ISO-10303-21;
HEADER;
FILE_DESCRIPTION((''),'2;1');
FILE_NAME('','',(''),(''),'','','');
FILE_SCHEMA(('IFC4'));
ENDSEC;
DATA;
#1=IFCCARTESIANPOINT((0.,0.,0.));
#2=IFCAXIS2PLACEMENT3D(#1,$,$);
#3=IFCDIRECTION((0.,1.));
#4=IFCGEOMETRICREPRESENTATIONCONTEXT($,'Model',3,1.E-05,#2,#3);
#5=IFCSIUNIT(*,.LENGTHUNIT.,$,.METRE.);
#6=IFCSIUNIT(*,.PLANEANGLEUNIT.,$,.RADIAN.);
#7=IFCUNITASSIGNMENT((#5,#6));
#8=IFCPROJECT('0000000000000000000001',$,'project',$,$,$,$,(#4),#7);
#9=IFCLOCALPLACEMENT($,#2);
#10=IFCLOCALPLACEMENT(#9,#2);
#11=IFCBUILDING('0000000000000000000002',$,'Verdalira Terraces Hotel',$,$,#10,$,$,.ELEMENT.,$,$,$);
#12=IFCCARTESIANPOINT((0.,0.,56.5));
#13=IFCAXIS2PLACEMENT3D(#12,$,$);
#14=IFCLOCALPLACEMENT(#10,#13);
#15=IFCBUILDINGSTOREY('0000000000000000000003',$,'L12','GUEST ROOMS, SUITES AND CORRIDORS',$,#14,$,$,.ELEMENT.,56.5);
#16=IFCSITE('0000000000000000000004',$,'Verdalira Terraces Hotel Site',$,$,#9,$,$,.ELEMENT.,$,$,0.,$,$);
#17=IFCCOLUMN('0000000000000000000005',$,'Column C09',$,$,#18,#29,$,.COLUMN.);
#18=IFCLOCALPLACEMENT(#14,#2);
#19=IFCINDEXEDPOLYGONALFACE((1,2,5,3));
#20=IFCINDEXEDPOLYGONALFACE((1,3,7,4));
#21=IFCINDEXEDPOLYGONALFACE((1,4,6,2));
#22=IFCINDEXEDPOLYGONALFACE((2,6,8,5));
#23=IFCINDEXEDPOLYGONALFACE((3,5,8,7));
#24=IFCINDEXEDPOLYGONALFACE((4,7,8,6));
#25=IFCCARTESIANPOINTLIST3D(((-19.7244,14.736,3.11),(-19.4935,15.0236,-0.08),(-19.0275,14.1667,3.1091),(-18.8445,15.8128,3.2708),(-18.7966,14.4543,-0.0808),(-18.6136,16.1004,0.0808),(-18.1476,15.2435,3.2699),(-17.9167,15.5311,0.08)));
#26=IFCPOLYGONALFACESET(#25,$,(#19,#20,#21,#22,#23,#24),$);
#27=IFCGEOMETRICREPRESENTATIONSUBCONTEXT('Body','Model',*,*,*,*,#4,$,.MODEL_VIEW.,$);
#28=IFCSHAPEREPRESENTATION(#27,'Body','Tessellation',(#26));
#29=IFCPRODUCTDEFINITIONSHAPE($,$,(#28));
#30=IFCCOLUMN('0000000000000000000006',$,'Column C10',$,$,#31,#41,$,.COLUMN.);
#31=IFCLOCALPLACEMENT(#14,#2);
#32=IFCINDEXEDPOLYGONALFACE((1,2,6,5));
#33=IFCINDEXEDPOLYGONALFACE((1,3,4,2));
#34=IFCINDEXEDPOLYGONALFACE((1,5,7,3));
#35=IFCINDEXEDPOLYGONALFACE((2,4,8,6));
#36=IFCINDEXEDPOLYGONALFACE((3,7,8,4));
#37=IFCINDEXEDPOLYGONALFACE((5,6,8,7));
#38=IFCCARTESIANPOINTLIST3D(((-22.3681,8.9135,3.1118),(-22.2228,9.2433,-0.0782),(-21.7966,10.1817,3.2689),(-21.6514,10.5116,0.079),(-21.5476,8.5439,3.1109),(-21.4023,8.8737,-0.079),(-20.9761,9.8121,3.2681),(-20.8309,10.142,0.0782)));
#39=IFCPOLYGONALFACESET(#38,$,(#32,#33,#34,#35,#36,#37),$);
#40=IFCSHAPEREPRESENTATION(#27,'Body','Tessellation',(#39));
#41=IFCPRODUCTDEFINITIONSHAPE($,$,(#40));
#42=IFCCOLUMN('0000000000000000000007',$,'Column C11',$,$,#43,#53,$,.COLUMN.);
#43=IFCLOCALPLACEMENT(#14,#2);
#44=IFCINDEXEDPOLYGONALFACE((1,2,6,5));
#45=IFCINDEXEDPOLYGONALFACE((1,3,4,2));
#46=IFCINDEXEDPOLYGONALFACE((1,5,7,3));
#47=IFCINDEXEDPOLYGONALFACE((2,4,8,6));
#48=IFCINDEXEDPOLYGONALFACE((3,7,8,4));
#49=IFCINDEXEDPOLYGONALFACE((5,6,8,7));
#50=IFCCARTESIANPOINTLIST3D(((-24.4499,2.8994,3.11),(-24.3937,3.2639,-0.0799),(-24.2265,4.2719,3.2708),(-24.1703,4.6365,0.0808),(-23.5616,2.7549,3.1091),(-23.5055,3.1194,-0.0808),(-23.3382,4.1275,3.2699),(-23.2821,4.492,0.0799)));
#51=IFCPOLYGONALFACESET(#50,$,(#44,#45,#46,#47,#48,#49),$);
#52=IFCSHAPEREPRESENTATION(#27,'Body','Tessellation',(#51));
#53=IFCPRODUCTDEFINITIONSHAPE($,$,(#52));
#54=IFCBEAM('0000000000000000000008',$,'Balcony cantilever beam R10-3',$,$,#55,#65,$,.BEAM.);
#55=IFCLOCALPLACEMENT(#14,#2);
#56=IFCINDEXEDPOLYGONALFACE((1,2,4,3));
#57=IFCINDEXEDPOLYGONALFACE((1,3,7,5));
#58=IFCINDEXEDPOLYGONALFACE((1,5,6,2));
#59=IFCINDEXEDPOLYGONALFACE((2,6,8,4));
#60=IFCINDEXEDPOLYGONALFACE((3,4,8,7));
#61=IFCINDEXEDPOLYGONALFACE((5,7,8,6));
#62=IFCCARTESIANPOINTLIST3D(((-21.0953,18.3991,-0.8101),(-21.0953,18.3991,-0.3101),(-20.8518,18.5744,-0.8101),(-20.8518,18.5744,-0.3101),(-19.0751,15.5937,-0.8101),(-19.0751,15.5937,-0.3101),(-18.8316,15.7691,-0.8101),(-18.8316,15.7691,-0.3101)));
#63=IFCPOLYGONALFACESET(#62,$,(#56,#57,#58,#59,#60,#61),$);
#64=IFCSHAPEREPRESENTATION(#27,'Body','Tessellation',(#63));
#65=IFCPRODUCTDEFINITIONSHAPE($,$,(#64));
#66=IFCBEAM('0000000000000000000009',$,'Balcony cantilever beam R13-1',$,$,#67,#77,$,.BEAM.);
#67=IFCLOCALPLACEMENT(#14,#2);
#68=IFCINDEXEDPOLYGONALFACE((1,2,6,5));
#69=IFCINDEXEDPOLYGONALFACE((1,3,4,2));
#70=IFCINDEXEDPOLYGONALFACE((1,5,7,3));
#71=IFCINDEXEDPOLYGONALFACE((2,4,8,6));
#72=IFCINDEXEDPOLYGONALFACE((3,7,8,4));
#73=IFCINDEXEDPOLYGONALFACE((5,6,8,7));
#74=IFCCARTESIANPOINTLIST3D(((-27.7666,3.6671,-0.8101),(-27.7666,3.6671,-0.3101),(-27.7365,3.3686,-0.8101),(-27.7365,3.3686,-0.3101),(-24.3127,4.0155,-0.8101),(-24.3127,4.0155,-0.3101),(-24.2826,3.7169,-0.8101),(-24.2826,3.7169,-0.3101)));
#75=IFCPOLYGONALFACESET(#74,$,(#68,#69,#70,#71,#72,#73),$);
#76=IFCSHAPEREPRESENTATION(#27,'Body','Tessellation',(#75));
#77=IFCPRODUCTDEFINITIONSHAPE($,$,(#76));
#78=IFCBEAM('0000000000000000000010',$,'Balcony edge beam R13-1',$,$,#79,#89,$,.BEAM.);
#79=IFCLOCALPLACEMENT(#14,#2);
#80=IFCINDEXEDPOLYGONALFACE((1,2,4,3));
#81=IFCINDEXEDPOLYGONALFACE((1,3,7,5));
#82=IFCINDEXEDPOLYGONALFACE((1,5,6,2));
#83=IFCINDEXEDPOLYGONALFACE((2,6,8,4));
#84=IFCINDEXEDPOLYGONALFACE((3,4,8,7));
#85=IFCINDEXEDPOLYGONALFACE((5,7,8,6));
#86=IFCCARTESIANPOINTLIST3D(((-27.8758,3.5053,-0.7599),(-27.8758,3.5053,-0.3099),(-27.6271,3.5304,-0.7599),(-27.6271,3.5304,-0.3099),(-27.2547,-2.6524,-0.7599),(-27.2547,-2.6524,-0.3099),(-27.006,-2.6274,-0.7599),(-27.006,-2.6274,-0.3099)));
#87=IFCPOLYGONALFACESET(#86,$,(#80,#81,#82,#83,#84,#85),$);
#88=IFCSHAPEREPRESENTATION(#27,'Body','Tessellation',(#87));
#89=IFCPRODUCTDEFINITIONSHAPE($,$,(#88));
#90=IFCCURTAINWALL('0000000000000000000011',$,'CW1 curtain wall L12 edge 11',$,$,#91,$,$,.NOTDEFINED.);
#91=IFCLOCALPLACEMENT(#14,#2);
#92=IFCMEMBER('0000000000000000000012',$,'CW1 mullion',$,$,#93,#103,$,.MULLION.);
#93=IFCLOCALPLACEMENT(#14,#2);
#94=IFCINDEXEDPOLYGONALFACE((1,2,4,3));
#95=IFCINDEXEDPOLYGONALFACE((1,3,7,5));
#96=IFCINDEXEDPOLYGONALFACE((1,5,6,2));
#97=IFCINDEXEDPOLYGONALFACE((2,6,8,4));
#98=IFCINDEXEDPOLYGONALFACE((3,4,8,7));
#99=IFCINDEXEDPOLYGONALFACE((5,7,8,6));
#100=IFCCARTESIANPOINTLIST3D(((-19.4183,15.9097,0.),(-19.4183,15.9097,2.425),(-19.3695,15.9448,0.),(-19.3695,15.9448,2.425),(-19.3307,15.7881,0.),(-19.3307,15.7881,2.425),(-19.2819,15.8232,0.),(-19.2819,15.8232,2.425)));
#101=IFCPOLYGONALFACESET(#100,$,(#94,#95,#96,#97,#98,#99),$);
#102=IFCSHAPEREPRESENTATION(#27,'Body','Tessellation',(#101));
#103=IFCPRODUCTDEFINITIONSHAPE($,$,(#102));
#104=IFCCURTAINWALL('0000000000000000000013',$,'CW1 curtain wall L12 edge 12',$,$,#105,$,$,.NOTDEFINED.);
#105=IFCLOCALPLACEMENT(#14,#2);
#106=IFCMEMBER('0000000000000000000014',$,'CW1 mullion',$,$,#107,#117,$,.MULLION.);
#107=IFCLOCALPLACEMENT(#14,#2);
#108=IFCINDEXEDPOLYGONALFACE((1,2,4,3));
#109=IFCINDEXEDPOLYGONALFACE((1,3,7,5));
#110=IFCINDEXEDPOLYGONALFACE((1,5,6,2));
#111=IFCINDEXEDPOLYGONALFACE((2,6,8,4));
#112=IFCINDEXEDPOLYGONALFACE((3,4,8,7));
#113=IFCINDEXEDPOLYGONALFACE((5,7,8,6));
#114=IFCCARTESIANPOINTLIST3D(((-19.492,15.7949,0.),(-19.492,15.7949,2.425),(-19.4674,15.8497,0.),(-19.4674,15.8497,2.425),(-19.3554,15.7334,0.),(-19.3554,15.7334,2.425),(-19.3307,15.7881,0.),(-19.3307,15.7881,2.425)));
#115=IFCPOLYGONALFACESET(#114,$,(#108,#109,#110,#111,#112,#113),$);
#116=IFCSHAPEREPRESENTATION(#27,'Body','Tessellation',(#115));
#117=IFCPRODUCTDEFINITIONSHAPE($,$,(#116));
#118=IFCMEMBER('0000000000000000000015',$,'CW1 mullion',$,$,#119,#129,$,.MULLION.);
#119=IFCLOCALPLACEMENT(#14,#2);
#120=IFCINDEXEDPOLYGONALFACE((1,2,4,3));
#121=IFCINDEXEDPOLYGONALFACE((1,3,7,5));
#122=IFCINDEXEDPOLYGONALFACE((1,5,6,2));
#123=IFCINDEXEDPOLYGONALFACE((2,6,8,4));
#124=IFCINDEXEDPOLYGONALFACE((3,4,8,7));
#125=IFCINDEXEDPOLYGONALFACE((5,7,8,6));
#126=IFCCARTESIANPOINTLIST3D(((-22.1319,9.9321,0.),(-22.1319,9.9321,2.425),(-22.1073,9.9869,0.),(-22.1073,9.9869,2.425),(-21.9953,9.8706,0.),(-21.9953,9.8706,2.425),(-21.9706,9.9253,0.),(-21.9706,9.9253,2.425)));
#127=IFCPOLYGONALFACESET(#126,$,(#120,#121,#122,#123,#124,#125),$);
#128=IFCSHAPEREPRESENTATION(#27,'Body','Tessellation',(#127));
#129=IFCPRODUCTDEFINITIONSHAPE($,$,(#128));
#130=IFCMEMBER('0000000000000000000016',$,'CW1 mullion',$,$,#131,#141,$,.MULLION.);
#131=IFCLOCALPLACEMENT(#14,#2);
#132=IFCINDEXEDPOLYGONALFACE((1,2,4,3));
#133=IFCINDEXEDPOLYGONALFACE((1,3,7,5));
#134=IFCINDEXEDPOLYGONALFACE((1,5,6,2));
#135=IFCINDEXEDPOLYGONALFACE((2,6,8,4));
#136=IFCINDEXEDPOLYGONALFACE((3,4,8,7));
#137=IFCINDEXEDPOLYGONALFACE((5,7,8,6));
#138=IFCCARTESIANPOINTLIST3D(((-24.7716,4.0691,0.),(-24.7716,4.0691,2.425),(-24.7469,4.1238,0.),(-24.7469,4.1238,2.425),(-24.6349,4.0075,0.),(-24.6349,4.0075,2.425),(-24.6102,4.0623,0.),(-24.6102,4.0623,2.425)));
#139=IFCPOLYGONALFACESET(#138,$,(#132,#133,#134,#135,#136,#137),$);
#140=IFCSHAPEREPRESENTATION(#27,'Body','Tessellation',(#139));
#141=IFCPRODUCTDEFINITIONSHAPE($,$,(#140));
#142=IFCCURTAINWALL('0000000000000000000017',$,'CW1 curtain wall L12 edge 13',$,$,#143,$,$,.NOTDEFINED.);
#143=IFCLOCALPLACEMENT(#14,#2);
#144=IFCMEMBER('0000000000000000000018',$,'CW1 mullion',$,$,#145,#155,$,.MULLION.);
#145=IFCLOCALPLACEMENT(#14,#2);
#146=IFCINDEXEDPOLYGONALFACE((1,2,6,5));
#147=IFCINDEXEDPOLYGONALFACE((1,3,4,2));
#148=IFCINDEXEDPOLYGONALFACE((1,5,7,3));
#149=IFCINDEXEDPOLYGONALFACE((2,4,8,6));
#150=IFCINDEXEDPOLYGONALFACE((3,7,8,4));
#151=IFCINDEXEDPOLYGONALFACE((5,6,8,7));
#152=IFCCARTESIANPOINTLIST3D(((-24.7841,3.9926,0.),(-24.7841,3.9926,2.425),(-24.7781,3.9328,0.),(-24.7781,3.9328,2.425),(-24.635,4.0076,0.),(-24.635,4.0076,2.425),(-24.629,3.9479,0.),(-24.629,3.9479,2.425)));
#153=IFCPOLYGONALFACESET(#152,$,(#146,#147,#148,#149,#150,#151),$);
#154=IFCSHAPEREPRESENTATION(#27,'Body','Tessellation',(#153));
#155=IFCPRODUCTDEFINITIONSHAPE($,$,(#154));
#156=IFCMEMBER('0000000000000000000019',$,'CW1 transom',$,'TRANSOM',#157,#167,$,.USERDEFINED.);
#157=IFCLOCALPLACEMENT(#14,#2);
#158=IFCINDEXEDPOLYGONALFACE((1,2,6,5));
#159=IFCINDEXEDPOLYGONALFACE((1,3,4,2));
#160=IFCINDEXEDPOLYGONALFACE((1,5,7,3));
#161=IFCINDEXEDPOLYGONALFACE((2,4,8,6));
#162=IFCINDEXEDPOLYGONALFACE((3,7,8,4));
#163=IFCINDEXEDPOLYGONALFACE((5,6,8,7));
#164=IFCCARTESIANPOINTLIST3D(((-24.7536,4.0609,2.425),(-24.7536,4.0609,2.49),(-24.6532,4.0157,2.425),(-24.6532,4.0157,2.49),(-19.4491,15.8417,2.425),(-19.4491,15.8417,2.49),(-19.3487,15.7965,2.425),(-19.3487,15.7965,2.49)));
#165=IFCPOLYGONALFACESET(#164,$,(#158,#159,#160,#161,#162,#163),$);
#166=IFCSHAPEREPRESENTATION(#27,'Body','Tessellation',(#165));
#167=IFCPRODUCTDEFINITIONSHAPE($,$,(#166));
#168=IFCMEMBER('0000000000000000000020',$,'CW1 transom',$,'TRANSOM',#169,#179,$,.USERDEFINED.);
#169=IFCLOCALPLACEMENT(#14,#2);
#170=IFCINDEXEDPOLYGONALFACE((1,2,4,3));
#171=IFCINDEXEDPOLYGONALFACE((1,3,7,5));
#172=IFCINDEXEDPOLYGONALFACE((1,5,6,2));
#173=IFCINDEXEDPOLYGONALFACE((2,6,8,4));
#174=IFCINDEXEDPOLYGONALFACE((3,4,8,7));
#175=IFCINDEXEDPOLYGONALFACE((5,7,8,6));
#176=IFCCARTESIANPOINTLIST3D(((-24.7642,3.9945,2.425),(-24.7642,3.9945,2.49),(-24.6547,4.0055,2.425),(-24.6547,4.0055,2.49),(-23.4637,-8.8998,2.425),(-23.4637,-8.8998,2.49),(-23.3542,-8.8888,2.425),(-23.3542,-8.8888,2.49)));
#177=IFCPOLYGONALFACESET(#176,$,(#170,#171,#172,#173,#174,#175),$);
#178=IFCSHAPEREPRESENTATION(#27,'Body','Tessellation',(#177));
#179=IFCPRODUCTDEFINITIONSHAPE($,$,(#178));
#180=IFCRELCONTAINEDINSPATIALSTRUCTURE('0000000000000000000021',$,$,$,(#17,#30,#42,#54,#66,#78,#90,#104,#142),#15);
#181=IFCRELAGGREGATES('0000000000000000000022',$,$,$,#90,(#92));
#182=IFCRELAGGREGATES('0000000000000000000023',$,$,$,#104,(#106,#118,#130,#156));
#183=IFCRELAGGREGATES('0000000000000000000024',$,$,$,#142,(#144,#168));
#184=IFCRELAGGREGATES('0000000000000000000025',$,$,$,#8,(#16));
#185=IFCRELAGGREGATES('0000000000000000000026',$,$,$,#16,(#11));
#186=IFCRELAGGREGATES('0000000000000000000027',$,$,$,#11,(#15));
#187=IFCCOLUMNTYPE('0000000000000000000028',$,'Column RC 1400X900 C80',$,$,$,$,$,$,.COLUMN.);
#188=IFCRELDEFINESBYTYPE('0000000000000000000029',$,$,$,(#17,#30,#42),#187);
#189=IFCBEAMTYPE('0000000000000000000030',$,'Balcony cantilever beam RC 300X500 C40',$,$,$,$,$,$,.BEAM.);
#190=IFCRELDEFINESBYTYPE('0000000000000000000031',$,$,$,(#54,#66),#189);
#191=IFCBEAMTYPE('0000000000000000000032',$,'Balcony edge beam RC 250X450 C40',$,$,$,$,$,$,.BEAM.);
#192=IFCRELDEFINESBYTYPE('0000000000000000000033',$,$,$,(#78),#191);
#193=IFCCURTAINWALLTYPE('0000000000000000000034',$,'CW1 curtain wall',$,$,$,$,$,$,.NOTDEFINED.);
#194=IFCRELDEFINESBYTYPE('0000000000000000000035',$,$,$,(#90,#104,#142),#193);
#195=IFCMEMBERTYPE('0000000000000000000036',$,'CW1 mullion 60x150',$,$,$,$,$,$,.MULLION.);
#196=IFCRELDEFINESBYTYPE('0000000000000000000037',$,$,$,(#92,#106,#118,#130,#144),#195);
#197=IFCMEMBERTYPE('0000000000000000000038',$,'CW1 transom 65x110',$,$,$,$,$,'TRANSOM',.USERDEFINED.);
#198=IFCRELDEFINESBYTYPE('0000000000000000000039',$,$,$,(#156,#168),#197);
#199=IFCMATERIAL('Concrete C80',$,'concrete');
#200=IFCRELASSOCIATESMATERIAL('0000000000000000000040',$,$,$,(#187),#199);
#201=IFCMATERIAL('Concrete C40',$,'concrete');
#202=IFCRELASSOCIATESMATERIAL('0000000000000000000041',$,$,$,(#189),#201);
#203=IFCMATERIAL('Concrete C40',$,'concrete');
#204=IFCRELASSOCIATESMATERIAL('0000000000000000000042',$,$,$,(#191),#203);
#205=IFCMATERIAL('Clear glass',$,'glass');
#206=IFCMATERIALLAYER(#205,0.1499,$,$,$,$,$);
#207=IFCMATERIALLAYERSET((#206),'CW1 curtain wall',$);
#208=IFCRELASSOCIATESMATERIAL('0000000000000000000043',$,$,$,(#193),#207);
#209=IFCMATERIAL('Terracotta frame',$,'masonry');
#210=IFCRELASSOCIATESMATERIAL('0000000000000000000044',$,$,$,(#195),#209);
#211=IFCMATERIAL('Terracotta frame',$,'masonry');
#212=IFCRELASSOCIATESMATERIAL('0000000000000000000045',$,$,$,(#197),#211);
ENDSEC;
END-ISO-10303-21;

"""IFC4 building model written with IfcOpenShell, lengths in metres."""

from ifc_helpers import new_model, si_unit, direction, frame, origin, origin_2d, place, context, subcontext, project, spatial, rectangle, extrude, material, layer, layer_set, material_profile, profile_set, type_object, element, aggregate, save


model = new_model("IFC4")

# Units and contexts
model_context = context("Model", 3, precision=1e-05, world=origin(), true_north=direction((0.0, 1.0)))
body_context = subcontext(model_context, "Body", "Model", "MODEL_VIEW")
ifc_project = project(units=[si_unit("LENGTHUNIT", "METRE"), si_unit("PLANEANGLEUNIT", "RADIAN")], contexts=[model_context])

# Site, building, storey
site_placement = place(None, origin())
site = spatial("IfcSite", under=ifc_project, at=site_placement, Name="Verdalira Terraces Hotel Site", CompositionType="ELEMENT", RefElevation=0.0)
building_placement = place(site_placement, origin())
building = spatial("IfcBuilding", under=site, at=building_placement, Name="Verdalira Terraces Hotel", CompositionType="ELEMENT")
storey_placement = place(building_placement, frame((0.0, 0.0, 56.5)))
storey = spatial("IfcBuildingStorey", under=building, at=storey_placement, Name="L12", Description="GUEST ROOMS, SUITES AND CORRIDORS", CompositionType="ELEMENT", Elevation=56.5)

# Columns
ifc_material_1 = material(Name="Concrete C80", Category="concrete")
ifc_material_profile_1 = material_profile(ifc_material_1, rectangle(XDim=1.3999, YDim=0.8999, at=origin_2d()), Name="RC 1400X900")
ifc_profile_set_1 = profile_set([ifc_material_profile_1], Name="Concrete C80")
column_type = type_object("IfcColumnType", Name="Column RC 1400X900 C80", PredefinedType="COLUMN", material=ifc_profile_set_1)
column_1_placement = place(storey_placement, frame((-18.7051, 15.2773, 0.0), z_axis=(-0.071922, -0.089561, 0.993381), x_axis=(0.628556, 0.769236, 0.114861)))
element("IfcColumn", 1, at=column_1_placement, inside=storey, type_object=column_type, Name="Column C09", PredefinedType="COLUMN", context=body_context, shape_type="SweptSolid", body=[
    extrude(rectangle(XDim=1.3999, YDim=0.8999, at=origin_2d()), origin(), (0.0, 0.0, 1.0), 3.2112),
])
column_2_placement = place(storey_placement, frame((-21.5269, 9.6926, 0.0), z_axis=(-0.04525, -0.102744, 0.993678), x_axis=(-0.40821, -0.905959, -0.112264)))
element("IfcColumn", 2, at=column_2_placement, inside=storey, type_object=column_type, Name="Column C10", PredefinedType="COLUMN", context=body_context, shape_type="SweptSolid", body=[
    extrude(rectangle(XDim=1.3999, YDim=0.8999, at=origin_2d()), origin(), (0.0, 0.0, 1.0), 3.2102),
])
column_3_placement = place(storey_placement, frame((-23.8379, 3.8779, 0.0), z_axis=(-0.017486, -0.11351, 0.993383), x_axis=(0.159578, 0.980482, 0.114845)))
element("IfcColumn", 3, at=column_3_placement, inside=storey, type_object=column_type, Name="Column C11", PredefinedType="COLUMN", context=body_context, shape_type="SweptSolid", body=[
    extrude(rectangle(XDim=1.3999, YDim=0.8999, at=origin_2d()), origin(), (0.0, 0.0, 1.0), 3.2112),
])

# Beams
ifc_material_2 = material(Name="Concrete C40", Category="concrete")
ifc_material_profile_2 = material_profile(ifc_material_2, rectangle(XDim=0.3, YDim=0.5, at=origin_2d()), Name="RC 300X500")
ifc_profile_set_2 = profile_set([ifc_material_profile_2], Name="Concrete C40")
beam_type_1 = type_object("IfcBeamType", Name="Balcony cantilever beam RC 300X500 C40", PredefinedType="BEAM", material=ifc_profile_set_2)
beam_1_placement = place(storey_placement, frame((-18.9534, 15.6814, -0.5601), z_axis=(-0.584374, 0.811485, 0.0), x_axis=(-0.811485, -0.584374, 0.0)))
element("IfcBeam", 4, at=beam_1_placement, inside=storey, type_object=beam_type_1, Name="Balcony cantilever beam R10-3", PredefinedType="BEAM", context=body_context, shape_type="SweptSolid", body=[
    extrude(rectangle(XDim=0.3, YDim=0.5, at=origin_2d()), origin(), (0.0, 0.0, 1.0), 3.457),
])
beam_2_placement = place(storey_placement, frame((-24.2976, 3.8662, -0.5601), z_axis=(-0.994951, -0.10036, 0.0), x_axis=(0.10036, -0.994951, 0.0)))
element("IfcBeam", 5, at=beam_2_placement, inside=storey, type_object=beam_type_1, Name="Balcony cantilever beam R13-1", PredefinedType="BEAM", context=body_context, shape_type="SweptSolid", body=[
    extrude(rectangle(XDim=0.3, YDim=0.5, at=origin_2d()), origin(), (0.0, 0.0, 1.0), 3.4714),
])
ifc_material_3 = material(Name="Concrete C40", Category="concrete")
ifc_material_profile_3 = material_profile(ifc_material_3, rectangle(XDim=0.25, YDim=0.45, at=origin_2d()), Name="RC 250X450")
ifc_profile_set_3 = profile_set([ifc_material_profile_3], Name="Concrete C40")
beam_type_2 = type_object("IfcBeamType", Name="Balcony edge beam RC 250X450 C40", PredefinedType="BEAM", material=ifc_profile_set_3)
beam_3_placement = place(storey_placement, frame((-27.7515, 3.5178, -0.5349), z_axis=(0.100355, -0.994952, 0.0), x_axis=(0.994952, 0.100355, 0.0)))
element("IfcBeam", 6, at=beam_3_placement, inside=storey, type_object=beam_type_2, Name="Balcony edge beam R13-1", PredefinedType="BEAM", context=body_context, shape_type="SweptSolid", body=[
    extrude(rectangle(XDim=0.25, YDim=0.45, at=origin_2d()), origin(), (0.0, 0.0, 1.0), 6.189),
])

# Curtain wall, member
ifc_material_4 = material(Name="Clear glass", Category="glass")
ifc_layer_1 = layer(ifc_material_4, 0.1499)
ifc_layer_set_1 = layer_set([ifc_layer_1], Name="CW1 curtain wall")
curtain_wall_type = type_object("IfcCurtainWallType", Name="CW1 curtain wall", PredefinedType="NOTDEFINED", material=ifc_layer_set_1)
curtain_wall_1_placement = place(storey_placement, origin())
curtain_wall_1 = element("IfcCurtainWall", 7, at=curtain_wall_1_placement, inside=storey, type_object=curtain_wall_type, Name="CW1 curtain wall L12 edge 11", PredefinedType="NOTDEFINED")
ifc_material_5 = material(Name="Terracotta frame", Category="masonry")
ifc_material_profile_4 = material_profile(ifc_material_5, rectangle(XDim=0.0601, YDim=0.1499, at=origin_2d()), Name="MU 60x150")
ifc_profile_set_4 = profile_set([ifc_material_profile_4], Name="Terracotta frame")
member_type_1 = type_object("IfcMemberType", Name="CW1 mullion 60x150", PredefinedType="MULLION", material=ifc_profile_set_4)
member_1_placement = place(storey_placement, frame((-19.3501, 15.8665, 0.0), z_axis=(0.0, 0.0, 1.0), x_axis=(-0.811472, -0.584391, 0.0)))
member_1 = element("IfcMember", 8, at=member_1_placement, type_object=member_type_1, Name="CW1 mullion", PredefinedType="MULLION", context=body_context, shape_type="SweptSolid", body=[
    extrude(rectangle(XDim=0.0601, YDim=0.1499, at=origin_2d()), origin(), (0.0, 0.0, 1.0), 2.425),
])
aggregate(curtain_wall_1, [member_1])

# Curtain wall, members
curtain_wall_2_placement = place(storey_placement, origin())
curtain_wall_2 = element("IfcCurtainWall", 9, at=curtain_wall_2_placement, inside=storey, type_object=curtain_wall_type, Name="CW1 curtain wall L12 edge 12", PredefinedType="NOTDEFINED")
member_2_placement = place(storey_placement, frame((-19.4114, 15.7915, 0.0), z_axis=(0.0, 0.0, 1.0), x_axis=(-0.41056, -0.911834, 0.0)))
member_2 = element("IfcMember", 10, at=member_2_placement, type_object=member_type_1, Name="CW1 mullion", PredefinedType="MULLION", context=body_context, shape_type="SweptSolid", body=[
    extrude(rectangle(XDim=0.0601, YDim=0.1499, at=origin_2d()), origin(), (0.0, 0.0, 1.0), 2.425),
])
member_3_placement = place(storey_placement, frame((-22.0513, 9.9287, 0.0), z_axis=(0.0, 0.0, 1.0), x_axis=(-0.41056, -0.911834, 0.0)))
member_3 = element("IfcMember", 11, at=member_3_placement, type_object=member_type_1, Name="CW1 mullion", PredefinedType="MULLION", context=body_context, shape_type="SweptSolid", body=[
    extrude(rectangle(XDim=0.0601, YDim=0.1499, at=origin_2d()), origin(), (0.0, 0.0, 1.0), 2.425),
])
member_4_placement = place(storey_placement, frame((-24.6909, 4.0657, 0.0), z_axis=(0.0, 0.0, 1.0), x_axis=(-0.41056, -0.911834, 0.0)))
member_4 = element("IfcMember", 12, at=member_4_placement, type_object=member_type_1, Name="CW1 mullion", PredefinedType="MULLION", context=body_context, shape_type="SweptSolid", body=[
    extrude(rectangle(XDim=0.0601, YDim=0.1499, at=origin_2d()), origin(), (0.0, 0.0, 1.0), 2.425),
])

# Curtain wall, member
curtain_wall_3_placement = place(storey_placement, origin())
curtain_wall_3 = element("IfcCurtainWall", 13, at=curtain_wall_3_placement, inside=storey, type_object=curtain_wall_type, Name="CW1 curtain wall L12 edge 13", PredefinedType="NOTDEFINED")
member_5_placement = place(storey_placement, frame((-24.7065, 3.9702, 0.0), z_axis=(0.0, 0.0, 1.0), x_axis=(0.100362, -0.994951, 0.0)))
member_5 = element("IfcMember", 14, at=member_5_placement, type_object=member_type_1, Name="CW1 mullion", PredefinedType="MULLION", context=body_context, shape_type="SweptSolid", body=[
    extrude(rectangle(XDim=0.0601, YDim=0.1499, at=origin_2d()), origin(), (0.0, 0.0, 1.0), 2.425),
])

# Members
ifc_material_6 = material(Name="Terracotta frame", Category="masonry")
ifc_material_profile_5 = material_profile(ifc_material_6, rectangle(XDim=0.1101, YDim=0.0649, at=origin_2d()), Name="TR 65x110")
ifc_profile_set_5 = profile_set([ifc_material_profile_5], Name="Terracotta frame")
member_type_2 = type_object("IfcMemberType", Name="CW1 transom 65x110", ElementType="TRANSOM", PredefinedType="USERDEFINED", material=ifc_profile_set_5)
member_6_placement = place(storey_placement, frame((-19.3989, 15.8191, 2.4575), z_axis=(-0.410564, -0.911832, 0.0), x_axis=(0.911832, -0.410564, 0.0)))
member_6 = element("IfcMember", 15, at=member_6_placement, type_object=member_type_2, Name="CW1 transom", ObjectType="TRANSOM", PredefinedType="USERDEFINED", context=body_context, shape_type="SweptSolid", body=[
    extrude(rectangle(XDim=0.1101, YDim=0.0649, at=origin_2d()), origin(), (0.0, 0.0, 1.0), 12.9199),
])
member_7_placement = place(storey_placement, frame((-24.7095, 4.0, 2.4575), z_axis=(0.100352, -0.994952, 0.0), x_axis=(0.994952, 0.100352, 0.0)))
member_7 = element("IfcMember", 16, at=member_7_placement, type_object=member_type_2, Name="CW1 transom", ObjectType="TRANSOM", PredefinedType="USERDEFINED", context=body_context, shape_type="SweptSolid", body=[
    extrude(rectangle(XDim=0.1101, YDim=0.0649, at=origin_2d()), origin(), (0.0, 0.0, 1.0), 12.9597),
])

aggregate(curtain_wall_2, [member_2, member_3, member_4, member_6])
aggregate(curtain_wall_3, [member_5, member_7])

save(model, "model.ifc")
